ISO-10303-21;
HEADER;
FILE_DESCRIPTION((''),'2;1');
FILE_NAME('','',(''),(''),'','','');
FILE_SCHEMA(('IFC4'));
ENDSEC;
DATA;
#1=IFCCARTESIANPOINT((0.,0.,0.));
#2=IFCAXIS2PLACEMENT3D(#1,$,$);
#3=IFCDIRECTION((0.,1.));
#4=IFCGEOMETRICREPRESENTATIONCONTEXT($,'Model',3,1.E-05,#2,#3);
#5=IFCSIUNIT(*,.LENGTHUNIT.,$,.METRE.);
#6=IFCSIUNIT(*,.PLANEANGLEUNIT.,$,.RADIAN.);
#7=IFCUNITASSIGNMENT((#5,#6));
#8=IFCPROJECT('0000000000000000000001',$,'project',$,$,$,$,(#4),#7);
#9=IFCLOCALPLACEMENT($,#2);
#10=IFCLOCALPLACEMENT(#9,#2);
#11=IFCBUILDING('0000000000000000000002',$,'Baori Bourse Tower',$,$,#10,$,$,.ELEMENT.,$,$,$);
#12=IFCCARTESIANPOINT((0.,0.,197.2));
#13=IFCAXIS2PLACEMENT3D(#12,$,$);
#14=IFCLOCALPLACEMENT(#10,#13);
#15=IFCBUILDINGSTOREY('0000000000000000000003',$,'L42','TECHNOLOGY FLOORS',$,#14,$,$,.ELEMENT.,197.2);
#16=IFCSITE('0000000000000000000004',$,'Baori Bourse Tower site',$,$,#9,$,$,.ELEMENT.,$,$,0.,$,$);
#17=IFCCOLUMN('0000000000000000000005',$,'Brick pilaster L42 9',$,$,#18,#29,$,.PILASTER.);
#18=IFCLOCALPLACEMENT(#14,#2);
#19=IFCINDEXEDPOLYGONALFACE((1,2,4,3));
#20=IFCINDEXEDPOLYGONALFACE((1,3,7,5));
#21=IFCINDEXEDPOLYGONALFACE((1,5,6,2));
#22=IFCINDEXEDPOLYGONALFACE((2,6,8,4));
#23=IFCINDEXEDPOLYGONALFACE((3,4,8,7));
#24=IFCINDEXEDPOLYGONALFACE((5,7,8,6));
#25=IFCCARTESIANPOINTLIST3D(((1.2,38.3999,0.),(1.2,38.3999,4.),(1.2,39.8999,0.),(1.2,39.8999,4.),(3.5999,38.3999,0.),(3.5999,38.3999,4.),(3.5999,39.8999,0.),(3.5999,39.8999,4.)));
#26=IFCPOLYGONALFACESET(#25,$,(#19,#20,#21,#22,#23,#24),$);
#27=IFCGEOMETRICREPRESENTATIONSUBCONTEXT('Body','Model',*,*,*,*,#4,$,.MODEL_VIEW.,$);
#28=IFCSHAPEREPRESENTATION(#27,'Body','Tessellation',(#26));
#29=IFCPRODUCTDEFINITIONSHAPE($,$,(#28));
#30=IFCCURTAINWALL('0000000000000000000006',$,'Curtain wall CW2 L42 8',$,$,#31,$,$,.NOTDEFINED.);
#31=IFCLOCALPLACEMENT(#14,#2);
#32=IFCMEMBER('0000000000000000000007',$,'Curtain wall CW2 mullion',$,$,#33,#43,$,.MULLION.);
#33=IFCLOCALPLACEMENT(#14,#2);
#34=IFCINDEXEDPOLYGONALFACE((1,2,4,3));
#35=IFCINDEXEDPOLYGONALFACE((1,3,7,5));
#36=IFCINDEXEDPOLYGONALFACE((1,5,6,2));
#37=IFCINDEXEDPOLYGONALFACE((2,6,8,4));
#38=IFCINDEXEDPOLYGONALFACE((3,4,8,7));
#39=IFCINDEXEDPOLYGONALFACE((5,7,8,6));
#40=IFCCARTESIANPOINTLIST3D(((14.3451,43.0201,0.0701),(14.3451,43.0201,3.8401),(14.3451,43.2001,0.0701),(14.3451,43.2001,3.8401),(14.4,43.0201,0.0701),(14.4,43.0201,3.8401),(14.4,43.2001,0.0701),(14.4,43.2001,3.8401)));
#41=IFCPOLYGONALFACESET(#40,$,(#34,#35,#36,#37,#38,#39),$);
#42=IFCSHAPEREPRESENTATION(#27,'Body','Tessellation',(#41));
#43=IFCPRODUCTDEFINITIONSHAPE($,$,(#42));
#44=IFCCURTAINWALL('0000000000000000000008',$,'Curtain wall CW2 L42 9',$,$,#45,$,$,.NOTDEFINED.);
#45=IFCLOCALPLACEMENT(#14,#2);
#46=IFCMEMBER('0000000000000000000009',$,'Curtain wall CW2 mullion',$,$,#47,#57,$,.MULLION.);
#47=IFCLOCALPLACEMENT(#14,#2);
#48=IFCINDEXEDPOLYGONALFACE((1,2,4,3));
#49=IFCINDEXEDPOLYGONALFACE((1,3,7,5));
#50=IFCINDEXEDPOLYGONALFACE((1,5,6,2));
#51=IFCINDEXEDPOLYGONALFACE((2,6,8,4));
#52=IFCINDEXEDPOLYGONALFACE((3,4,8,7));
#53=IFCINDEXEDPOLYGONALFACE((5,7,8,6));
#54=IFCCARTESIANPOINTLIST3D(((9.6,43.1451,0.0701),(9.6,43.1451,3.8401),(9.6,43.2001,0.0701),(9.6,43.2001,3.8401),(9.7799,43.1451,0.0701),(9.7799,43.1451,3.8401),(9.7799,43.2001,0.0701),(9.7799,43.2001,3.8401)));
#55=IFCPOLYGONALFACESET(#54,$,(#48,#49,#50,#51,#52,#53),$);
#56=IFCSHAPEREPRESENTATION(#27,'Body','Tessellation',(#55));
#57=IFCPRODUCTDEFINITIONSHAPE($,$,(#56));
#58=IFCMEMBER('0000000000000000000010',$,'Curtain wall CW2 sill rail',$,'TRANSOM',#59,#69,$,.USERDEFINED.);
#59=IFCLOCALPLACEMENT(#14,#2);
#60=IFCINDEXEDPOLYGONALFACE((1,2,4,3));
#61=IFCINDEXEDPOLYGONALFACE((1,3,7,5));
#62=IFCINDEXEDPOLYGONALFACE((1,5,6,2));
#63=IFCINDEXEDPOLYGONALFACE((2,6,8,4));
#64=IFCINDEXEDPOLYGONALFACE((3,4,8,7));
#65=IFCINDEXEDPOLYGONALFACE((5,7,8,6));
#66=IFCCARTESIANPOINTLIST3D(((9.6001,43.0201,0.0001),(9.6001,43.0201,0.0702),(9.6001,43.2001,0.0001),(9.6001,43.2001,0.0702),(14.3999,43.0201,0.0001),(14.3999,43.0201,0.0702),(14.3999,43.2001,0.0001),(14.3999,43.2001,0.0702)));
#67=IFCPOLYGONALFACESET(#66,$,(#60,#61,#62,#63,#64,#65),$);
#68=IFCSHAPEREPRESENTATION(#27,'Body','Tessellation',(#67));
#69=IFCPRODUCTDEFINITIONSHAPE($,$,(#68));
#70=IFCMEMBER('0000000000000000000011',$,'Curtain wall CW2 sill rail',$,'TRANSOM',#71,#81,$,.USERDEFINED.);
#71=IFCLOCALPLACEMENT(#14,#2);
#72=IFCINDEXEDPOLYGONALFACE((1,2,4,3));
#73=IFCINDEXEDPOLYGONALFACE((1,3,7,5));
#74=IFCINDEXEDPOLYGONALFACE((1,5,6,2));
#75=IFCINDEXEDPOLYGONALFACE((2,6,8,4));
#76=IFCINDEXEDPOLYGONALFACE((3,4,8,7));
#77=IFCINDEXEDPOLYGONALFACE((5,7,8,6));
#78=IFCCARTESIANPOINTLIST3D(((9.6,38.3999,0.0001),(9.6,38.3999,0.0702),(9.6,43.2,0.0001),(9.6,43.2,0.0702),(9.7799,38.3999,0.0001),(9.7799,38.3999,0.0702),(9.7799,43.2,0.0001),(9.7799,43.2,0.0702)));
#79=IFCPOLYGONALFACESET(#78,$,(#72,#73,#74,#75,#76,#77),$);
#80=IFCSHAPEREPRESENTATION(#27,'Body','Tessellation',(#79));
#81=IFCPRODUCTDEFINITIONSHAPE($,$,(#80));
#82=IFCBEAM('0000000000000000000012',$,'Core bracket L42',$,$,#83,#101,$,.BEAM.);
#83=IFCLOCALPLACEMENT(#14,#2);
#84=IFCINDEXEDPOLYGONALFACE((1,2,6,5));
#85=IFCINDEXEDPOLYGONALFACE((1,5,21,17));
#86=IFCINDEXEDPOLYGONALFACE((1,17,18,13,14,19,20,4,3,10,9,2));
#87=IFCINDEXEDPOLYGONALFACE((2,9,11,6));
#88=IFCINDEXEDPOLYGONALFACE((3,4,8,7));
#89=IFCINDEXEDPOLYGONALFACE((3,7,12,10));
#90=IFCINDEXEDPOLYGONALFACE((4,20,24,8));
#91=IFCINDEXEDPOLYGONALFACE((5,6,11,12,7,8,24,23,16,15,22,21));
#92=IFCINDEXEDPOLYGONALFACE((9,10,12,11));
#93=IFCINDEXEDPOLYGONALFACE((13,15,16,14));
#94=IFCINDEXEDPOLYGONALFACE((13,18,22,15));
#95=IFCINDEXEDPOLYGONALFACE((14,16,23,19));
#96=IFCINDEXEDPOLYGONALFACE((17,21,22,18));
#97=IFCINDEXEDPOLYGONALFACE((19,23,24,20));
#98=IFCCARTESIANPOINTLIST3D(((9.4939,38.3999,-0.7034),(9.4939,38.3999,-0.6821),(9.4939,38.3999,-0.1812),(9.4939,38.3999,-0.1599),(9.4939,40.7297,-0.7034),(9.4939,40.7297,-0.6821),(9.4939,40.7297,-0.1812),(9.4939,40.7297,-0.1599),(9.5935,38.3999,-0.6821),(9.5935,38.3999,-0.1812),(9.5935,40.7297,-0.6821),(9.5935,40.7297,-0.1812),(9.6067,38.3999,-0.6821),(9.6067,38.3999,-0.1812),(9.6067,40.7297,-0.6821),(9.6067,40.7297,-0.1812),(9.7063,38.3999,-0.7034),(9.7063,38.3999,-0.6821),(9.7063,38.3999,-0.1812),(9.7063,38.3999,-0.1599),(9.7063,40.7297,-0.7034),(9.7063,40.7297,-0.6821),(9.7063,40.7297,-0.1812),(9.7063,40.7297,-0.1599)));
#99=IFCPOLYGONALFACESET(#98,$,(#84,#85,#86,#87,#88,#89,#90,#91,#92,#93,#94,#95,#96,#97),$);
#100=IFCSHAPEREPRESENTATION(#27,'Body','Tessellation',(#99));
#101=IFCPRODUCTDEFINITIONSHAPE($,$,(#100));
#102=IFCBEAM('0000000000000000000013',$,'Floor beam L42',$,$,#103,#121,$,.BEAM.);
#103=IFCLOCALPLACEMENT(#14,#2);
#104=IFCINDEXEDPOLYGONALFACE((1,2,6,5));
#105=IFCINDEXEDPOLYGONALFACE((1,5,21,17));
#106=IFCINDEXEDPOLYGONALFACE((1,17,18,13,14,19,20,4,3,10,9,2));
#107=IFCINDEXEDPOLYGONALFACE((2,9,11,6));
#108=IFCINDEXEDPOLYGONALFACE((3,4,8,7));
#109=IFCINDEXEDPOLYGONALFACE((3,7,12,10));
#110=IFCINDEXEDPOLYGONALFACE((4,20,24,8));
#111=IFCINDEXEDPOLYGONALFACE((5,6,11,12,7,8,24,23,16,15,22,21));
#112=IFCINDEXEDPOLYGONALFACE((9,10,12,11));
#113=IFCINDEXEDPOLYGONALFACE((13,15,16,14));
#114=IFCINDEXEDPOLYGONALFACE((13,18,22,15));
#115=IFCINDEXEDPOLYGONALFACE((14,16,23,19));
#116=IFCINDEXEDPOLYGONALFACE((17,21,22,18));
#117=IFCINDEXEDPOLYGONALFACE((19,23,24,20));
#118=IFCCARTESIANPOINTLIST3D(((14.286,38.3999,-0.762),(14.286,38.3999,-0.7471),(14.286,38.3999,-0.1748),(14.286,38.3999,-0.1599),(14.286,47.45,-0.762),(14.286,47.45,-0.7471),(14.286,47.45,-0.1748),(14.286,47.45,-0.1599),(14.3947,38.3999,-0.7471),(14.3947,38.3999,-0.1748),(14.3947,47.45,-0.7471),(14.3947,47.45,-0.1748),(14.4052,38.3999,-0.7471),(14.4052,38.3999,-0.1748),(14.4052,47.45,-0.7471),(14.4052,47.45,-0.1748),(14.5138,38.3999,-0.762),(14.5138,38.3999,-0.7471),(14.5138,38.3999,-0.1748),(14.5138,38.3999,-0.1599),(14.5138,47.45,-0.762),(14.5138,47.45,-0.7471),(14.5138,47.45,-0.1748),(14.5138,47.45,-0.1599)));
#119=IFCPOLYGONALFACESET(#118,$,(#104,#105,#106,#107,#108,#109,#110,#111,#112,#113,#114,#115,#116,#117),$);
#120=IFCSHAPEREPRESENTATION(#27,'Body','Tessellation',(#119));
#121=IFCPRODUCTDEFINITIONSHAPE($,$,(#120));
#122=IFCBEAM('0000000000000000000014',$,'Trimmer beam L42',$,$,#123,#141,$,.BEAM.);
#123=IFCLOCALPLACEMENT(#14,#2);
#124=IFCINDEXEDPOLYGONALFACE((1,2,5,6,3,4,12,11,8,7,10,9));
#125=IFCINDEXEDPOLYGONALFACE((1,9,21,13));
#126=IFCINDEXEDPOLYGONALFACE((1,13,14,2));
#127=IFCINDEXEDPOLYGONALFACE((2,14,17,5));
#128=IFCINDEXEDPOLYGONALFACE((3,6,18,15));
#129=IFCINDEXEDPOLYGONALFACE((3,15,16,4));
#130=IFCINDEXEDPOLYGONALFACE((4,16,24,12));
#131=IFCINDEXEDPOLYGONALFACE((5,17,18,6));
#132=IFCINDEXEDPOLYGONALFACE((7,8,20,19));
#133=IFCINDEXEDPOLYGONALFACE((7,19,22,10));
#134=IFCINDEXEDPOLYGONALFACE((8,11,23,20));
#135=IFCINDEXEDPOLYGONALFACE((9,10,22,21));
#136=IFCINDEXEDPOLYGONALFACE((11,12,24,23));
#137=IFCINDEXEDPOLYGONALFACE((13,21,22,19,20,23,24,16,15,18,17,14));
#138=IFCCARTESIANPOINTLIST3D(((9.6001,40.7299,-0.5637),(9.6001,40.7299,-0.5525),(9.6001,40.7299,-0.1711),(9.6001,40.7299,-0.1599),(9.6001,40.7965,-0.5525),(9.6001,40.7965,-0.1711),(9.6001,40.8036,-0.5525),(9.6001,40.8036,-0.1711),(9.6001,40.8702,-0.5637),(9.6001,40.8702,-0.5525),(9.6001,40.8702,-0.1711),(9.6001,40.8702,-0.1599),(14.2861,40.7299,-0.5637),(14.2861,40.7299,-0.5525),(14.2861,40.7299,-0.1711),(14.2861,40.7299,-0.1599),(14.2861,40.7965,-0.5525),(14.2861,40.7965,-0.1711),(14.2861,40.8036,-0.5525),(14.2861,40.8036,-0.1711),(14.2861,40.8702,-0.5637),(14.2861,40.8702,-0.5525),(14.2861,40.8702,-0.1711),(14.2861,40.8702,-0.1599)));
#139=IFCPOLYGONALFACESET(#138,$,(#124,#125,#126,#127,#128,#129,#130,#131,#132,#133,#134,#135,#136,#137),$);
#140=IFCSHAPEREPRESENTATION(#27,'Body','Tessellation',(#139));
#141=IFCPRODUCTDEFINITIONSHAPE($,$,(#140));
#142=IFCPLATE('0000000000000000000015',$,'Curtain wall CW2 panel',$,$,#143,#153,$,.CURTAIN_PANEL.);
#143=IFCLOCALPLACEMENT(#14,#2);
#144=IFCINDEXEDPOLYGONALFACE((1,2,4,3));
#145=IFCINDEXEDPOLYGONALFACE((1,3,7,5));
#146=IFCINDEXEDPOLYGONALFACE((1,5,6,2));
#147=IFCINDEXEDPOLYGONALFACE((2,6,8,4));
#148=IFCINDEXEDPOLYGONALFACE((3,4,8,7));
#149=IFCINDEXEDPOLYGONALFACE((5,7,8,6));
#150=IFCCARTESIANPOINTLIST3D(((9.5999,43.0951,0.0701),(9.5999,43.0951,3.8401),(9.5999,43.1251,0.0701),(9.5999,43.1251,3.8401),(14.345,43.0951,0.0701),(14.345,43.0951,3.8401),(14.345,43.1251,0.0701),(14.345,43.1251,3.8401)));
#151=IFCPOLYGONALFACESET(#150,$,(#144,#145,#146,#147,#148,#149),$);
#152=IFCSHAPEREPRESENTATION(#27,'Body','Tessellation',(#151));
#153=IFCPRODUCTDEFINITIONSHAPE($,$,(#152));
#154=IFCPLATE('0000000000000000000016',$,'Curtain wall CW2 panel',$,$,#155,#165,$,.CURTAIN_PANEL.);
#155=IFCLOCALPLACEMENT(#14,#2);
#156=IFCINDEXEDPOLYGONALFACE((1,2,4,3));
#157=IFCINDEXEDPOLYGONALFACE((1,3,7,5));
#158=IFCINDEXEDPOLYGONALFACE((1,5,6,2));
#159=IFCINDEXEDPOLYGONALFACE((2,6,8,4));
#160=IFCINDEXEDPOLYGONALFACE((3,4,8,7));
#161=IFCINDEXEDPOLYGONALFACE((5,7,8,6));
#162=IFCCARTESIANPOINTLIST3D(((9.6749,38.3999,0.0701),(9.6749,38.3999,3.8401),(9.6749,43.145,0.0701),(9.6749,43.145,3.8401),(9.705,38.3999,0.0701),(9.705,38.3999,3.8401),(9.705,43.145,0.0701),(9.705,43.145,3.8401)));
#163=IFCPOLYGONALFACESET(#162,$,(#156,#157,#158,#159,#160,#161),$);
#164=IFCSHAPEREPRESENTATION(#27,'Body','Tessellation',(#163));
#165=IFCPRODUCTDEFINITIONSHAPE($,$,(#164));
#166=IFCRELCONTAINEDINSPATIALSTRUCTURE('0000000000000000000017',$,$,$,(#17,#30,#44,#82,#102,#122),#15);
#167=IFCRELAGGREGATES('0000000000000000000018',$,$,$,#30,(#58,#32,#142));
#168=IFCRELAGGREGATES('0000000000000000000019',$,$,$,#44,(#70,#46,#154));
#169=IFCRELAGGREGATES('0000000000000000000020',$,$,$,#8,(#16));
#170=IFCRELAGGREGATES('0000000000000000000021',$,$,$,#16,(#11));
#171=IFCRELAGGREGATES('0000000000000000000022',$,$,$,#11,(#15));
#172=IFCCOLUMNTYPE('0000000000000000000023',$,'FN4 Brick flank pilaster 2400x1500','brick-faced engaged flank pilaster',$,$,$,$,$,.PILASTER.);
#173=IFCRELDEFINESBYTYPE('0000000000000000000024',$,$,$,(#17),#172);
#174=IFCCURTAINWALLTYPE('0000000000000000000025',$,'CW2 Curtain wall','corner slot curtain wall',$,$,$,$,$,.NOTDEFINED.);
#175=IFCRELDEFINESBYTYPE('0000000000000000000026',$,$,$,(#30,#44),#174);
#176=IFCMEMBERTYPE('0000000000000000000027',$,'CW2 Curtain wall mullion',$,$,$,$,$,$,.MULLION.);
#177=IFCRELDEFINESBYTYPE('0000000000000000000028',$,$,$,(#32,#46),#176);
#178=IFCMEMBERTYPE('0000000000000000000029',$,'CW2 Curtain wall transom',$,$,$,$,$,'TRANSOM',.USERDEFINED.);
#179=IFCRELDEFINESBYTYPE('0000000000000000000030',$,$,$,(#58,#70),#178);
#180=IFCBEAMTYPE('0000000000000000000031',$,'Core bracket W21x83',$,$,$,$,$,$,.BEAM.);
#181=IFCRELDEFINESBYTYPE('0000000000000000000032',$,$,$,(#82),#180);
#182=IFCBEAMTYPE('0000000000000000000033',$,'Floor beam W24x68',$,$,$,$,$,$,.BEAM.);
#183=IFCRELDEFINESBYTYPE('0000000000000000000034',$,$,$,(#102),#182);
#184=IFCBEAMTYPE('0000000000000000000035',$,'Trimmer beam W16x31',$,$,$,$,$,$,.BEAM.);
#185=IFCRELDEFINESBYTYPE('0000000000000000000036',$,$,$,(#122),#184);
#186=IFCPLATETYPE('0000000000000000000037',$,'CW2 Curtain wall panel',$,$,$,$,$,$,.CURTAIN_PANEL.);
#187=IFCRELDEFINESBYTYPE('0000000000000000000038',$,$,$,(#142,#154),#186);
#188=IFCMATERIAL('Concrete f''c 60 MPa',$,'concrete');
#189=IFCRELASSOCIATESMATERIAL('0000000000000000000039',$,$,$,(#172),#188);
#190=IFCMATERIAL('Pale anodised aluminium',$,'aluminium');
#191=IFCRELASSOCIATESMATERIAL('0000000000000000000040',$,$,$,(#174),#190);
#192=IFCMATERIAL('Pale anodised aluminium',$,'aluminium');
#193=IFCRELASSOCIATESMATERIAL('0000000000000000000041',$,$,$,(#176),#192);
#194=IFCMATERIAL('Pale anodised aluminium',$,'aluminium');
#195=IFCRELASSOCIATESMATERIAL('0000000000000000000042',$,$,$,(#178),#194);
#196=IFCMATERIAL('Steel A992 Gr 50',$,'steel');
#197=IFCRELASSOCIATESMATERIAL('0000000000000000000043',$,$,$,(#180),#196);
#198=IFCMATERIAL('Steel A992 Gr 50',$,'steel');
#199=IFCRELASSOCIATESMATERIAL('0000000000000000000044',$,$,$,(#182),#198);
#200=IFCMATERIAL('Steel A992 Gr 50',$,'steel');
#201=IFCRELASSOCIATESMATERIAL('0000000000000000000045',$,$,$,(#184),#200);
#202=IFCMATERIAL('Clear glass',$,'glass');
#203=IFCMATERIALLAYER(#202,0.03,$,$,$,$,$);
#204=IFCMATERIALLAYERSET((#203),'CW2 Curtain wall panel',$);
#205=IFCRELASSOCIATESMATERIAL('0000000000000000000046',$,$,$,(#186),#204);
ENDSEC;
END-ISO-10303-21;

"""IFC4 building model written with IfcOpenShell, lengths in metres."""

from ifc_helpers import new_model, si_unit, direction, frame, origin, origin_2d, place, context, subcontext, project, spatial, rectangle, i_section, extrude, material, layer, layer_set, material_profile, profile_set, type_object, element, aggregate, save


model = new_model("IFC4")

# Units and contexts
model_context = context("Model", 3, precision=1e-05, world=origin(), true_north=direction((0.0, 1.0)))
body_context = subcontext(model_context, "Body", "Model", "MODEL_VIEW")
ifc_project = project(units=[si_unit("LENGTHUNIT", "METRE"), si_unit("PLANEANGLEUNIT", "RADIAN")], contexts=[model_context])

# Site, building, storey
site_placement = place(None, origin())
site = spatial("IfcSite", under=ifc_project, at=site_placement, Name="Baori Bourse Tower site", CompositionType="ELEMENT", RefElevation=0.0)
building_placement = place(site_placement, origin())
building = spatial("IfcBuilding", under=site, at=building_placement, Name="Baori Bourse Tower", CompositionType="ELEMENT")
storey_placement = place(building_placement, frame((0.0, 0.0, 197.2)))
storey = spatial("IfcBuildingStorey", under=building, at=storey_placement, Name="L42", Description="TECHNOLOGY FLOORS", CompositionType="ELEMENT", Elevation=197.2)

# Column
ifc_material_1 = material(Name="Concrete f'c 60 MPa", Category="concrete")
ifc_material_profile_1 = material_profile(ifc_material_1, rectangle(XDim=2.3999, YDim=1.5, at=origin_2d()), Name="RC 2400x1500")
ifc_profile_set_1 = profile_set([ifc_material_profile_1], Name="Concrete f'c 60 MPa")
column_type = type_object("IfcColumnType", Name="FN4 Brick flank pilaster 2400x1500", Description="brick-faced engaged flank pilaster", PredefinedType="PILASTER", material=ifc_profile_set_1)
column_placement = place(storey_placement, frame((2.3999, 39.1499, 0.0), z_axis=(0.0, 0.0, 1.0), x_axis=(1.0, 0.0, 0.0)))
element("IfcColumn", 1, at=column_placement, inside=storey, type_object=column_type, Name="Brick pilaster L42 9", PredefinedType="PILASTER", context=body_context, shape_type="SweptSolid", body=[
    extrude(rectangle(XDim=2.3999, YDim=1.5, at=origin_2d()), origin(), (0.0, 0.0, 1.0), 4.0),
])

# Curtain walls, members
ifc_material_2 = material(Name="Pale anodised aluminium", Category="aluminium")
curtain_wall_type = type_object("IfcCurtainWallType", Name="CW2 Curtain wall", Description="corner slot curtain wall", PredefinedType="NOTDEFINED", material=ifc_material_2)
curtain_wall_1_placement = place(storey_placement, origin())
curtain_wall_1 = element("IfcCurtainWall", 2, at=curtain_wall_1_placement, inside=storey, type_object=curtain_wall_type, Name="Curtain wall CW2 L42 8", PredefinedType="NOTDEFINED")
ifc_material_3 = material(Name="Pale anodised aluminium", Category="aluminium")
ifc_material_profile_2 = material_profile(ifc_material_3, rectangle(XDim=0.1799, YDim=0.0549, at=origin_2d()), Name="Mullion 55x180")
ifc_profile_set_2 = profile_set([ifc_material_profile_2], Name="Pale anodised aluminium")
member_type_1 = type_object("IfcMemberType", Name="CW2 Curtain wall mullion", PredefinedType="MULLION", material=ifc_profile_set_2)
member_1_placement = place(storey_placement, frame((14.3726, 43.1101, 0.0701), z_axis=(0.0, 0.0, 1.0), x_axis=(0.0, -1.0, 0.0)))
member_1 = element("IfcMember", 3, at=member_1_placement, type_object=member_type_1, Name="Curtain wall CW2 mullion", PredefinedType="MULLION", context=body_context, shape_type="SweptSolid", body=[
    extrude(rectangle(XDim=0.1799, YDim=0.0549, at=origin_2d()), origin(), (0.0, 0.0, 1.0), 3.77),
])
curtain_wall_2_placement = place(storey_placement, origin())
curtain_wall_2 = element("IfcCurtainWall", 4, at=curtain_wall_2_placement, inside=storey, type_object=curtain_wall_type, Name="Curtain wall CW2 L42 9", PredefinedType="NOTDEFINED")
member_2_placement = place(storey_placement, frame((9.6899, 43.1726, 0.0701), z_axis=(0.0, 0.0, 1.0), x_axis=(1.0, 0.0, 0.0)))
member_2 = element("IfcMember", 5, at=member_2_placement, type_object=member_type_1, Name="Curtain wall CW2 mullion", PredefinedType="MULLION", context=body_context, shape_type="SweptSolid", body=[
    extrude(rectangle(XDim=0.1799, YDim=0.0549, at=origin_2d()), origin(), (0.0, 0.0, 1.0), 3.77),
])

# Members
ifc_material_4 = material(Name="Pale anodised aluminium", Category="aluminium")
ifc_material_profile_3 = material_profile(ifc_material_4, rectangle(XDim=0.1799, YDim=0.0701, at=origin_2d()), Name="Transom 70x180")
ifc_profile_set_3 = profile_set([ifc_material_profile_3], Name="Pale anodised aluminium")
member_type_2 = type_object("IfcMemberType", Name="CW2 Curtain wall transom", ElementType="TRANSOM", PredefinedType="USERDEFINED", material=ifc_profile_set_3)
member_3_placement = place(storey_placement, frame((14.3999, 43.1101, 0.0352), z_axis=(-1.0, 0.0, 0.0), x_axis=(0.0, -1.0, 0.0)))
member_3 = element("IfcMember", 6, at=member_3_placement, type_object=member_type_2, Name="Curtain wall CW2 sill rail", ObjectType="TRANSOM", PredefinedType="USERDEFINED", context=body_context, shape_type="SweptSolid", body=[
    extrude(rectangle(XDim=0.1799, YDim=0.0701, at=origin_2d()), origin(), (0.0, 0.0, 1.0), 4.7998),
])
member_4_placement = place(storey_placement, frame((9.6899, 43.2, 0.0352), z_axis=(0.0, -1.0, 0.0), x_axis=(1.0, 0.0, 0.0)))
member_4 = element("IfcMember", 7, at=member_4_placement, type_object=member_type_2, Name="Curtain wall CW2 sill rail", ObjectType="TRANSOM", PredefinedType="USERDEFINED", context=body_context, shape_type="SweptSolid", body=[
    extrude(rectangle(XDim=0.1799, YDim=0.0701, at=origin_2d()), origin(), (0.0, 0.0, 1.0), 4.8),
])

# Beams
ifc_material_5 = material(Name="Steel A992 Gr 50", Category="steel")
ifc_material_profile_4 = material_profile(ifc_material_5, i_section(OverallWidth=0.2124, OverallDepth=0.5435, WebThickness=0.0132, FlangeThickness=0.0212, at=origin_2d()), Name="W21x83")
ifc_profile_set_4 = profile_set([ifc_material_profile_4], Name="Steel A992 Gr 50")
beam_type_1 = type_object("IfcBeamType", Name="Core bracket W21x83", PredefinedType="BEAM", material=ifc_profile_set_4)
beam_1_placement = place(storey_placement, frame((9.6001, 38.3999, -0.4316), z_axis=(0.0, 1.0, 0.0), x_axis=(-1.0, 0.0, 0.0)))
element("IfcBeam", 8, at=beam_1_placement, inside=storey, type_object=beam_type_1, Name="Core bracket L42", PredefinedType="BEAM", context=body_context, shape_type="SweptSolid", body=[
    extrude(i_section(OverallWidth=0.2124, OverallDepth=0.5435, WebThickness=0.0132, FlangeThickness=0.0212, at=origin_2d()), origin(), (0.0, 0.0, 1.0), 2.3298),
])
ifc_material_6 = material(Name="Steel A992 Gr 50", Category="steel")
ifc_material_profile_5 = material_profile(ifc_material_6, i_section(OverallWidth=0.2278, OverallDepth=0.6021, WebThickness=0.0105, FlangeThickness=0.0149, at=origin_2d()), Name="W24x68")
ifc_profile_set_5 = profile_set([ifc_material_profile_5], Name="Steel A992 Gr 50")
beam_type_2 = type_object("IfcBeamType", Name="Floor beam W24x68", PredefinedType="BEAM", material=ifc_profile_set_5)
beam_2_placement = place(storey_placement, frame((14.3999, 38.3999, -0.4609), z_axis=(0.0, 1.0, 0.0), x_axis=(-1.0, 0.0, 0.0)))
element("IfcBeam", 9, at=beam_2_placement, inside=storey, type_object=beam_type_2, Name="Floor beam L42", PredefinedType="BEAM", context=body_context, shape_type="SweptSolid", body=[
    extrude(i_section(OverallWidth=0.2278, OverallDepth=0.6021, WebThickness=0.0105, FlangeThickness=0.0149, at=origin_2d()), origin(), (0.0, 0.0, 1.0), 9.05),
])
ifc_material_7 = material(Name="Steel A992 Gr 50", Category="steel")
ifc_material_profile_6 = material_profile(ifc_material_7, i_section(OverallWidth=0.1404, OverallDepth=0.4038, WebThickness=0.0071, FlangeThickness=0.0112, at=origin_2d()), Name="W16x31")
ifc_profile_set_6 = profile_set([ifc_material_profile_6], Name="Steel A992 Gr 50")
beam_type_3 = type_object("IfcBeamType", Name="Trimmer beam W16x31", PredefinedType="BEAM", material=ifc_profile_set_6)
beam_3_placement = place(storey_placement, frame((9.6001, 40.8, -0.3618), z_axis=(1.0, 0.0, 0.0), x_axis=(0.0, 1.0, 0.0)))
element("IfcBeam", 10, at=beam_3_placement, inside=storey, type_object=beam_type_3, Name="Trimmer beam L42", PredefinedType="BEAM", context=body_context, shape_type="SweptSolid", body=[
    extrude(i_section(OverallWidth=0.1404, OverallDepth=0.4038, WebThickness=0.0071, FlangeThickness=0.0112, at=origin_2d()), origin(), (0.0, 0.0, 1.0), 4.686),
])

# Plates
ifc_material_8 = material(Name="Clear glass", Category="glass")
ifc_layer_1 = layer(ifc_material_8, 0.03)
ifc_layer_set_1 = layer_set([ifc_layer_1], Name="CW2 Curtain wall panel")
plate_type = type_object("IfcPlateType", Name="CW2 Curtain wall panel", PredefinedType="CURTAIN_PANEL", material=ifc_layer_set_1)
plate_1_placement = place(storey_placement, frame((11.9724, 43.1101, 0.0701), z_axis=(0.0, 0.0, 1.0), x_axis=(-1.0, 0.0, 0.0)))
plate_1 = element("IfcPlate", 11, at=plate_1_placement, type_object=plate_type, Name="Curtain wall CW2 panel", PredefinedType="CURTAIN_PANEL", context=body_context, shape_type="SweptSolid", body=[
    extrude(rectangle(XDim=4.7451, YDim=0.03, at=origin_2d()), origin(), (0.0, 0.0, 1.0), 3.77),
])
aggregate(curtain_wall_1, [member_3, member_1, plate_1])
plate_2_placement = place(storey_placement, frame((9.6899, 40.7725, 0.0701), z_axis=(0.0, 0.0, 1.0), x_axis=(0.0, -1.0, 0.0)))
plate_2 = element("IfcPlate", 12, at=plate_2_placement, type_object=plate_type, Name="Curtain wall CW2 panel", PredefinedType="CURTAIN_PANEL", context=body_context, shape_type="SweptSolid", body=[
    extrude(rectangle(XDim=4.7451, YDim=0.03, at=origin_2d()), origin(), (0.0, 0.0, 1.0), 3.77),
])
aggregate(curtain_wall_2, [member_4, member_2, plate_2])

save(model, "model.ifc")
